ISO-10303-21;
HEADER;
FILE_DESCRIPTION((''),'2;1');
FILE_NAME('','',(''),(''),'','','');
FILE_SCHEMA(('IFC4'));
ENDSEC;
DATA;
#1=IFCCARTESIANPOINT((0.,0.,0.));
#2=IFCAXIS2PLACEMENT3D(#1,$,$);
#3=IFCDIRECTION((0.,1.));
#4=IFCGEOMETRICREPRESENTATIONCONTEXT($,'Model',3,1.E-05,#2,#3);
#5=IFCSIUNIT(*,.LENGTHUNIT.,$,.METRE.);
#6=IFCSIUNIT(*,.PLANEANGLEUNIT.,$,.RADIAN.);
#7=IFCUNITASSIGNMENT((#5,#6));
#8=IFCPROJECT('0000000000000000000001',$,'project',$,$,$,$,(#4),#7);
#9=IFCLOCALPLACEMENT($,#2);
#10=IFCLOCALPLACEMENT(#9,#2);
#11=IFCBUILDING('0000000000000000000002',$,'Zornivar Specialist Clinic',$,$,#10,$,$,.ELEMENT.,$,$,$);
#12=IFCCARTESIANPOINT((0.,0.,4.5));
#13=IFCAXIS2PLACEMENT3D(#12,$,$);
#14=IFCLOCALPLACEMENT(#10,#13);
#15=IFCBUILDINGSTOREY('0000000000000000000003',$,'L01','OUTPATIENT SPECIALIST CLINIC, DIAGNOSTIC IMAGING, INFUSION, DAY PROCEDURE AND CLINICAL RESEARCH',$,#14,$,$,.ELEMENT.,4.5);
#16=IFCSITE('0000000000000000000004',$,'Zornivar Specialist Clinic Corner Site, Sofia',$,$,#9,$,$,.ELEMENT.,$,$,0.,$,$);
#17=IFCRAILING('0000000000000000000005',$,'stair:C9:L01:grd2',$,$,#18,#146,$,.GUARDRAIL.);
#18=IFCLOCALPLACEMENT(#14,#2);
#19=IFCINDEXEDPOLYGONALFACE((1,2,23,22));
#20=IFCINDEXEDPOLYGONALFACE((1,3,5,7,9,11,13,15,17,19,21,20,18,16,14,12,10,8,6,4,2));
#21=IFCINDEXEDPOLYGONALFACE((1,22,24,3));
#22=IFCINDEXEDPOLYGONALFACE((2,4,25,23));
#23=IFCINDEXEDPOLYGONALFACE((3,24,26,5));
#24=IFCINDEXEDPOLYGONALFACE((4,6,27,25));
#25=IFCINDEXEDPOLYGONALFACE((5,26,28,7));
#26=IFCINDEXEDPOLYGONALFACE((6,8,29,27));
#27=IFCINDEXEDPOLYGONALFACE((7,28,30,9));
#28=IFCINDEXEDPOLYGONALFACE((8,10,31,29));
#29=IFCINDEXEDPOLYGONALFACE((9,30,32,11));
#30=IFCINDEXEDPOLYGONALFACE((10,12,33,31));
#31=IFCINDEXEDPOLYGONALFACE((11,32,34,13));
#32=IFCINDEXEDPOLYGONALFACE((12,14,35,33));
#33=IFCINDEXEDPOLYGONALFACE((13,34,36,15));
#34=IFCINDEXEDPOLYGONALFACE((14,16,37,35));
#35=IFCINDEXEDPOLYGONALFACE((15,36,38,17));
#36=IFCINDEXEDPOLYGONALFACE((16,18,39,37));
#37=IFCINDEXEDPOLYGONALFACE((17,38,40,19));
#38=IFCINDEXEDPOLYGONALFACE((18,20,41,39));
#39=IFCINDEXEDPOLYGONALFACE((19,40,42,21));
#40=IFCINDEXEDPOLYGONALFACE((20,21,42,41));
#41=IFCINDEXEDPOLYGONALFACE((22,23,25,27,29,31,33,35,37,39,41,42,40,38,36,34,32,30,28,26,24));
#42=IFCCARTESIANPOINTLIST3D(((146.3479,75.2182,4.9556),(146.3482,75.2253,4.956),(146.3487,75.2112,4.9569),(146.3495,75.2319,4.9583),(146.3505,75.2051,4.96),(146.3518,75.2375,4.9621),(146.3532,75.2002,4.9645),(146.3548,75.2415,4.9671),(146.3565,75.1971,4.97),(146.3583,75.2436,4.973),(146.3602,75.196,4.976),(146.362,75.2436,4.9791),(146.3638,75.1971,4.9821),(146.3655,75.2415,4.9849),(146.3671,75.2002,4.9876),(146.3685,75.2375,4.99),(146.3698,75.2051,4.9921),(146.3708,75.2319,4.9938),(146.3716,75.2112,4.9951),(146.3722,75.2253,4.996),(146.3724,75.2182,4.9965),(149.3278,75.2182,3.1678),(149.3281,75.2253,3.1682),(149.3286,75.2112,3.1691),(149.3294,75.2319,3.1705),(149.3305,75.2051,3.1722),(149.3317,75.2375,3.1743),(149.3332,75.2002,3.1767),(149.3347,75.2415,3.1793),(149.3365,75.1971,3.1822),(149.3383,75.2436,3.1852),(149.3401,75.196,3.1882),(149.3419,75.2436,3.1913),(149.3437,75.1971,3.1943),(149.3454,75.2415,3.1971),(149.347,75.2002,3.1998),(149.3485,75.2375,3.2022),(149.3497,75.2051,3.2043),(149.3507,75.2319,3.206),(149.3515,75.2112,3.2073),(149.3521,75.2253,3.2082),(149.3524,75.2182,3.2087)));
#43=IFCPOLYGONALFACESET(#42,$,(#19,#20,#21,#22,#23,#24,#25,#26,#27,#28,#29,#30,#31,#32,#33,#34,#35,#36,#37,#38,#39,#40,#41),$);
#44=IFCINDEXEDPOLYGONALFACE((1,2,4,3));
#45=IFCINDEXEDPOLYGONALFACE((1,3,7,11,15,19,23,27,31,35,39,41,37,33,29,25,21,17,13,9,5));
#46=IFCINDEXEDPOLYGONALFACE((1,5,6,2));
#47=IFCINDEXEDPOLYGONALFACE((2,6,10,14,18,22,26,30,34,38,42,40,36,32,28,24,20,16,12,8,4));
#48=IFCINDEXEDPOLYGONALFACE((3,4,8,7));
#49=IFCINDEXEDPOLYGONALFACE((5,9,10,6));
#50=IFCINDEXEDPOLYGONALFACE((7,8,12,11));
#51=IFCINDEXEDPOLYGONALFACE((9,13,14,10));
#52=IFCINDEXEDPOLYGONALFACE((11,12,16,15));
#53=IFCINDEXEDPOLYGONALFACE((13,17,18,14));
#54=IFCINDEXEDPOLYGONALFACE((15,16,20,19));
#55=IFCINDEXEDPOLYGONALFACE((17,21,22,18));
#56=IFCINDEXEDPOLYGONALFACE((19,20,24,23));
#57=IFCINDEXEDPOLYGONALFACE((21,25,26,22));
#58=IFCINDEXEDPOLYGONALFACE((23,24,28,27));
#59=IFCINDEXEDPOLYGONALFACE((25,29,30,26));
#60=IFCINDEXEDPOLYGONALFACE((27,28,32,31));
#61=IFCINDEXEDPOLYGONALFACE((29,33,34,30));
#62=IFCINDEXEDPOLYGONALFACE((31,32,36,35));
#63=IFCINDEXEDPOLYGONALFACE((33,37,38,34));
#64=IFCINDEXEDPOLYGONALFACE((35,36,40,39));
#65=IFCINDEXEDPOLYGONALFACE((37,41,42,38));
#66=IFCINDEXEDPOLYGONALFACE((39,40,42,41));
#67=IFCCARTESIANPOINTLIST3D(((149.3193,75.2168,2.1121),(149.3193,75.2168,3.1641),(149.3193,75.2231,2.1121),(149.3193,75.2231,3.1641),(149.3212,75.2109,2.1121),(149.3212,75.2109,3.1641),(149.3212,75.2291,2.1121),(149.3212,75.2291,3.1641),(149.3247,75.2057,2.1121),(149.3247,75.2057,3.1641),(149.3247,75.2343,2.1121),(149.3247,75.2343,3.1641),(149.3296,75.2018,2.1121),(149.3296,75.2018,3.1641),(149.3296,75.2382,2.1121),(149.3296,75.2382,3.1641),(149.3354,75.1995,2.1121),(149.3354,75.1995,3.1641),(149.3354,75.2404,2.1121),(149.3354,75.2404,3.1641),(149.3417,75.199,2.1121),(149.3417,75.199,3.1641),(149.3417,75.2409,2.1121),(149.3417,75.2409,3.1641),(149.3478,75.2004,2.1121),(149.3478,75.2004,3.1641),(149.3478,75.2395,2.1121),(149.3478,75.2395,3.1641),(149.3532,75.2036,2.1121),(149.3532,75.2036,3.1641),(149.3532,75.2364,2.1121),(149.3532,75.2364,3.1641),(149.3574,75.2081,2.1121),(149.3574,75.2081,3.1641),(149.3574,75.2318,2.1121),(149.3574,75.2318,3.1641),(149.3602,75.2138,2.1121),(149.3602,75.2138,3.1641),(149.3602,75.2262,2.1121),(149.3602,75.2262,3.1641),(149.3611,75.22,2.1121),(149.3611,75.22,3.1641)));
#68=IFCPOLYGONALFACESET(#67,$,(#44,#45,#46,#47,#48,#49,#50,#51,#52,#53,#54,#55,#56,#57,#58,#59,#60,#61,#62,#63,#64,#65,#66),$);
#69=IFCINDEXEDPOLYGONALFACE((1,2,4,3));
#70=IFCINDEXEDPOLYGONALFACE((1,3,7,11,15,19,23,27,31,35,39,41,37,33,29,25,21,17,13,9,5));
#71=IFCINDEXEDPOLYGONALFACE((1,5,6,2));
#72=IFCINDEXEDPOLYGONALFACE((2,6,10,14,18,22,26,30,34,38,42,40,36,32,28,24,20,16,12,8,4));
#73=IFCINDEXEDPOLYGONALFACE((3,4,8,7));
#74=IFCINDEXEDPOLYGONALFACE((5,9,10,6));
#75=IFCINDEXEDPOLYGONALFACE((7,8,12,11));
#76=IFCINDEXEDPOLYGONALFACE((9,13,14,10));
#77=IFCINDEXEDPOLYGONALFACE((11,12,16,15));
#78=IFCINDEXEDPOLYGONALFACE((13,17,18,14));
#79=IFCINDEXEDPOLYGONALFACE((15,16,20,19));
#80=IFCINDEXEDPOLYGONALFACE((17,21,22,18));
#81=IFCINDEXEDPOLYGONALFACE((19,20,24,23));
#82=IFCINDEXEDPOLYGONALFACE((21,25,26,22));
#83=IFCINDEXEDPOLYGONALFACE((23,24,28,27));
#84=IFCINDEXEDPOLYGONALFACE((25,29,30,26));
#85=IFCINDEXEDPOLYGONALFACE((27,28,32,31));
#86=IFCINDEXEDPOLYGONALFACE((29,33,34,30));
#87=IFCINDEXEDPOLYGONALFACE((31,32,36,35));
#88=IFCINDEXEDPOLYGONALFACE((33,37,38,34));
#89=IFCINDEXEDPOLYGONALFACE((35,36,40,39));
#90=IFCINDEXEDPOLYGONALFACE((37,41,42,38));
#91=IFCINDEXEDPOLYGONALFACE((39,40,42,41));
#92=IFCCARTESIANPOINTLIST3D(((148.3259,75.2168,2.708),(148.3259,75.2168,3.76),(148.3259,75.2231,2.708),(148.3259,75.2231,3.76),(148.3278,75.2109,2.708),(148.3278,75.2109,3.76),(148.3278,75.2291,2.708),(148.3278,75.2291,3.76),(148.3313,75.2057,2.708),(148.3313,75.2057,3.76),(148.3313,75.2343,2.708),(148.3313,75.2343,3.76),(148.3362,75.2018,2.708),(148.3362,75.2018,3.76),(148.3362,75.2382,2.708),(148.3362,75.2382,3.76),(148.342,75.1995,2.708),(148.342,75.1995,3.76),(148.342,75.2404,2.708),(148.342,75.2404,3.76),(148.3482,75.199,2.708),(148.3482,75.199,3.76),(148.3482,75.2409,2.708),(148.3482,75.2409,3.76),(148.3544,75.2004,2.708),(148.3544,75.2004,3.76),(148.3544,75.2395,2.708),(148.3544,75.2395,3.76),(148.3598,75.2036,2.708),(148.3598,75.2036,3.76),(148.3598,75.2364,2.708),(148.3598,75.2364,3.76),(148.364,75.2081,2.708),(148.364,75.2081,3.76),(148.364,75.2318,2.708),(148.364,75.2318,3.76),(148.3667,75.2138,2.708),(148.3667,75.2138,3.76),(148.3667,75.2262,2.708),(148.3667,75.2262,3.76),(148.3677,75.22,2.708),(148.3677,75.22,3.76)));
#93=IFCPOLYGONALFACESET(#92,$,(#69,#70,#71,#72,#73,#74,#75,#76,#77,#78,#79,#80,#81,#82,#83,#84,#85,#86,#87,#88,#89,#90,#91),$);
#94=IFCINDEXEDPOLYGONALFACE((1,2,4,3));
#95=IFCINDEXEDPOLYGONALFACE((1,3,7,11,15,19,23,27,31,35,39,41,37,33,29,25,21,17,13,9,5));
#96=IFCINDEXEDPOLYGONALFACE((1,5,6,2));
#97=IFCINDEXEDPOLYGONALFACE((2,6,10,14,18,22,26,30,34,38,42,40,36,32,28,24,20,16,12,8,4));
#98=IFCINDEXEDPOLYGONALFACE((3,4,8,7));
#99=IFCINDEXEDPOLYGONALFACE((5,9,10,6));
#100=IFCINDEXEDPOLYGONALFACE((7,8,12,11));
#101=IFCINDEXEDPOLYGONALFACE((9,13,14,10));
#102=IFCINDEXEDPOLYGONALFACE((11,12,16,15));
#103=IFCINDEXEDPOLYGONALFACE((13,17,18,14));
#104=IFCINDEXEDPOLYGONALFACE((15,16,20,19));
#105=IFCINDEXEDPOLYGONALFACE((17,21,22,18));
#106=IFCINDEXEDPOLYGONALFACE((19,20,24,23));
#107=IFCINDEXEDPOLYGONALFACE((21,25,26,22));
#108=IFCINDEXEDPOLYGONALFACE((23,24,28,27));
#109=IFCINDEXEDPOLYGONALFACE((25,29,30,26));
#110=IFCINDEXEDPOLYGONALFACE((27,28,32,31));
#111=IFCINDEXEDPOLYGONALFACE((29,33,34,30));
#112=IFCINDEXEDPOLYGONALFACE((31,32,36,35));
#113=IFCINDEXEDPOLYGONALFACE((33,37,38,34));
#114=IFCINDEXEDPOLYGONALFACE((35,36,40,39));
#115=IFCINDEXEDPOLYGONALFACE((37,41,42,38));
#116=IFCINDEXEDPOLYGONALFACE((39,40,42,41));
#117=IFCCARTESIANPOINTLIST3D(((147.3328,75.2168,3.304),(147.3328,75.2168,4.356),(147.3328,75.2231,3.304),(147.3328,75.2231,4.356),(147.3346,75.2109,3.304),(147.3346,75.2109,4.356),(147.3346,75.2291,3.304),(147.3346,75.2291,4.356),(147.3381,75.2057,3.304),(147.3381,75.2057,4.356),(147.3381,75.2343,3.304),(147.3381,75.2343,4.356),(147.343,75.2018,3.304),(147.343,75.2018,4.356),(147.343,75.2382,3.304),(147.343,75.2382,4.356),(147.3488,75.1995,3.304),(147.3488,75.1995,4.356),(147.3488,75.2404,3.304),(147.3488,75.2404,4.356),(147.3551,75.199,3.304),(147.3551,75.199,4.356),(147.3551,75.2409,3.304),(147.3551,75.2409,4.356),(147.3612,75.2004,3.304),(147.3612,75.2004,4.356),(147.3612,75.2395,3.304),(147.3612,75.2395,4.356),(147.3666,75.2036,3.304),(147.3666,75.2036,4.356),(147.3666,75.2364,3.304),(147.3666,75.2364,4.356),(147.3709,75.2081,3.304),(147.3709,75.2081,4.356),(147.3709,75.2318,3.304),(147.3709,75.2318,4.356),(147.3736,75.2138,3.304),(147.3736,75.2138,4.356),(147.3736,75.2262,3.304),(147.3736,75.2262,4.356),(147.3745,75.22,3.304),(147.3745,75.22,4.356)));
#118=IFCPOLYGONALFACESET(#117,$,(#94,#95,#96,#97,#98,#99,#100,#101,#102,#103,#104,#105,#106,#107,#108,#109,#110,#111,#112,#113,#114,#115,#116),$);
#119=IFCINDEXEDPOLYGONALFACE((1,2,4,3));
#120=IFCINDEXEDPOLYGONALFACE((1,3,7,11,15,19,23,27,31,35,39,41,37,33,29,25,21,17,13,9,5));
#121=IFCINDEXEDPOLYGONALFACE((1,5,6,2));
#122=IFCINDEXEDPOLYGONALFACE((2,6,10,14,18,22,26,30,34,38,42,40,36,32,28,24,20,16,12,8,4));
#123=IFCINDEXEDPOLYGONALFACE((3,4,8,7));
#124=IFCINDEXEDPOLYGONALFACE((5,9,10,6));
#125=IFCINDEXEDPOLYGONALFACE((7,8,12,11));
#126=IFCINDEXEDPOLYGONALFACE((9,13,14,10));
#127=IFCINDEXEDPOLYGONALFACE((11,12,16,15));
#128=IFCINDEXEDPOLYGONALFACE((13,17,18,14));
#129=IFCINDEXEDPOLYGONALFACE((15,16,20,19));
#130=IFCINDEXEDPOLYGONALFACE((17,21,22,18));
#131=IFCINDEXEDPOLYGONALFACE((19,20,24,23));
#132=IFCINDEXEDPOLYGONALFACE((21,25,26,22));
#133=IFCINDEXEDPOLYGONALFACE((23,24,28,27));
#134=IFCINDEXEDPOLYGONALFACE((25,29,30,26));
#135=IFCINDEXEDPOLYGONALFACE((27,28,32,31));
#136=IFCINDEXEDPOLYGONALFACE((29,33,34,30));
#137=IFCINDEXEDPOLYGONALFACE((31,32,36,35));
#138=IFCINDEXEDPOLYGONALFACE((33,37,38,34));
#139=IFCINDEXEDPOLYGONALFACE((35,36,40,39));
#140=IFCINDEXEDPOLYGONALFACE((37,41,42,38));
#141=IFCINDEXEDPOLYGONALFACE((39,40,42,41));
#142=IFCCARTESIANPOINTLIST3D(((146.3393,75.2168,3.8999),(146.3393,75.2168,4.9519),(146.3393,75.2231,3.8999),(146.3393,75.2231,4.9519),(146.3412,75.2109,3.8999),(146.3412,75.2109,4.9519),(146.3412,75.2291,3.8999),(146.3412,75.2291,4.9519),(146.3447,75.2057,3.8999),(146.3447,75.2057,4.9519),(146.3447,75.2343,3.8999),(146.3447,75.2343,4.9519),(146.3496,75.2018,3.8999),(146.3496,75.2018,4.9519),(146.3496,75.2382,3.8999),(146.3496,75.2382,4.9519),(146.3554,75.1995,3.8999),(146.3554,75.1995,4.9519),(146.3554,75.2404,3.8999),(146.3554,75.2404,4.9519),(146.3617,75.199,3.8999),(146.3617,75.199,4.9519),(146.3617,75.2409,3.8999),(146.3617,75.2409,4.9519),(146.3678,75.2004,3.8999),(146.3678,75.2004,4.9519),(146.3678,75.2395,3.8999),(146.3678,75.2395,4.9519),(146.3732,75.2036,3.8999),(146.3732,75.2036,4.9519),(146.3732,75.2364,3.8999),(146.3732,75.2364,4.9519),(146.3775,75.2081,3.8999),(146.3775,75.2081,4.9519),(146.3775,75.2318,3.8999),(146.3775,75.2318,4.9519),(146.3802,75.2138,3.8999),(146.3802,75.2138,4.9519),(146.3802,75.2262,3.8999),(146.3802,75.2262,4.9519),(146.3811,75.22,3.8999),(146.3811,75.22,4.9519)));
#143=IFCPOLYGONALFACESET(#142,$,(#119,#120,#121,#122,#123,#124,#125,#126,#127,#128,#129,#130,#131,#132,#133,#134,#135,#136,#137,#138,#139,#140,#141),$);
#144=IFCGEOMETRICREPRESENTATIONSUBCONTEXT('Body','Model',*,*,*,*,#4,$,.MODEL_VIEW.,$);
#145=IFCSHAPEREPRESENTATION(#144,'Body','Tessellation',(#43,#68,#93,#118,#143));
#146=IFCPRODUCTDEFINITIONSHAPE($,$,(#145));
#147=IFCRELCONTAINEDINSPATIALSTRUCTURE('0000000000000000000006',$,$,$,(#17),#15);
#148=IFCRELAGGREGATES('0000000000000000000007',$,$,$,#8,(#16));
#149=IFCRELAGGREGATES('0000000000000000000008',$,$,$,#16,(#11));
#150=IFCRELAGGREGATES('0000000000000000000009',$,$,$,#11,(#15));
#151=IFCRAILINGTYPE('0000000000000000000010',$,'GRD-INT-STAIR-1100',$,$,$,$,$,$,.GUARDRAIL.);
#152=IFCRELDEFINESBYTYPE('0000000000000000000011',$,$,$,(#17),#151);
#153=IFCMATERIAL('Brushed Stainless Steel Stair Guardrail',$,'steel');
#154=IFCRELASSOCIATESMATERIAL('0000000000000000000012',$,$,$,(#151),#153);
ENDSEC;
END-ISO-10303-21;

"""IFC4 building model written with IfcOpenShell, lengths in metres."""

from ifc_helpers import new_model, si_unit, direction, frame, origin, origin_2d, place, context, subcontext, project, spatial, circle, extrude, material, type_object, element, save


model = new_model("IFC4")

# Units and contexts
model_context = context("Model", 3, precision=1e-05, world=origin(), true_north=direction((0.0, 1.0)))
body_context = subcontext(model_context, "Body", "Model", "MODEL_VIEW")
ifc_project = project(units=[si_unit("LENGTHUNIT", "METRE"), si_unit("PLANEANGLEUNIT", "RADIAN")], contexts=[model_context])

# Site, building, storey
site_placement = place(None, origin())
site = spatial("IfcSite", under=ifc_project, at=site_placement, Name="Zornivar Specialist Clinic Corner Site, Sofia", CompositionType="ELEMENT", RefElevation=0.0)
building_placement = place(site_placement, origin())
building = spatial("IfcBuilding", under=site, at=building_placement, Name="Zornivar Specialist Clinic", CompositionType="ELEMENT")
storey_placement = place(building_placement, frame((0.0, 0.0, 4.5)))
storey = spatial("IfcBuildingStorey", under=building, at=storey_placement, Name="L01", Description="OUTPATIENT SPECIALIST CLINIC, DIAGNOSTIC IMAGING, INFUSION, DAY PROCEDURE AND CLINICAL RESEARCH", CompositionType="ELEMENT", Elevation=4.5)

# Railing
ifc_material_1 = material(Name="Brushed Stainless Steel Stair Guardrail", Category="steel")
railing_type_1 = type_object("IfcRailingType", Name="GRD-INT-STAIR-1100", PredefinedType="GUARDRAIL", material=ifc_material_1)
railing_1_placement = place(storey_placement, frame((149.3401, 75.22, 2.1121)))
element("IfcRailing", 1, at=railing_1_placement, inside=storey, type_object=railing_type_1, Name="stair:C9:L01:grd2", PredefinedType="GUARDRAIL", context=body_context, shape_type="SweptSolid", body=[
    extrude(circle(Radius=0.0239, at=origin_2d()), frame((0.0, 0.0, 1.0762), z_axis=(-0.857512, 0.0, 0.514465), x_axis=(0.0, -1.0, 0.0)), (0.0, 0.0, 1.0), 3.4751),
    extrude(circle(Radius=0.021, at=origin_2d()), origin(), (0.0, 0.0, 1.0), 1.052),
    extrude(circle(Radius=0.021, at=origin_2d()), frame((-0.9934, 0.0, 0.5959)), (0.0, 0.0, 1.0), 1.052),
    extrude(circle(Radius=0.021, at=origin_2d()), frame((-1.9866, 0.0, 1.1919)), (0.0, 0.0, 1.0), 1.052),
    extrude(circle(Radius=0.021, at=origin_2d()), frame((-2.98, 0.0, 1.7878)), (0.0, 0.0, 1.0), 1.052),
])

save(model, "model.ifc")
